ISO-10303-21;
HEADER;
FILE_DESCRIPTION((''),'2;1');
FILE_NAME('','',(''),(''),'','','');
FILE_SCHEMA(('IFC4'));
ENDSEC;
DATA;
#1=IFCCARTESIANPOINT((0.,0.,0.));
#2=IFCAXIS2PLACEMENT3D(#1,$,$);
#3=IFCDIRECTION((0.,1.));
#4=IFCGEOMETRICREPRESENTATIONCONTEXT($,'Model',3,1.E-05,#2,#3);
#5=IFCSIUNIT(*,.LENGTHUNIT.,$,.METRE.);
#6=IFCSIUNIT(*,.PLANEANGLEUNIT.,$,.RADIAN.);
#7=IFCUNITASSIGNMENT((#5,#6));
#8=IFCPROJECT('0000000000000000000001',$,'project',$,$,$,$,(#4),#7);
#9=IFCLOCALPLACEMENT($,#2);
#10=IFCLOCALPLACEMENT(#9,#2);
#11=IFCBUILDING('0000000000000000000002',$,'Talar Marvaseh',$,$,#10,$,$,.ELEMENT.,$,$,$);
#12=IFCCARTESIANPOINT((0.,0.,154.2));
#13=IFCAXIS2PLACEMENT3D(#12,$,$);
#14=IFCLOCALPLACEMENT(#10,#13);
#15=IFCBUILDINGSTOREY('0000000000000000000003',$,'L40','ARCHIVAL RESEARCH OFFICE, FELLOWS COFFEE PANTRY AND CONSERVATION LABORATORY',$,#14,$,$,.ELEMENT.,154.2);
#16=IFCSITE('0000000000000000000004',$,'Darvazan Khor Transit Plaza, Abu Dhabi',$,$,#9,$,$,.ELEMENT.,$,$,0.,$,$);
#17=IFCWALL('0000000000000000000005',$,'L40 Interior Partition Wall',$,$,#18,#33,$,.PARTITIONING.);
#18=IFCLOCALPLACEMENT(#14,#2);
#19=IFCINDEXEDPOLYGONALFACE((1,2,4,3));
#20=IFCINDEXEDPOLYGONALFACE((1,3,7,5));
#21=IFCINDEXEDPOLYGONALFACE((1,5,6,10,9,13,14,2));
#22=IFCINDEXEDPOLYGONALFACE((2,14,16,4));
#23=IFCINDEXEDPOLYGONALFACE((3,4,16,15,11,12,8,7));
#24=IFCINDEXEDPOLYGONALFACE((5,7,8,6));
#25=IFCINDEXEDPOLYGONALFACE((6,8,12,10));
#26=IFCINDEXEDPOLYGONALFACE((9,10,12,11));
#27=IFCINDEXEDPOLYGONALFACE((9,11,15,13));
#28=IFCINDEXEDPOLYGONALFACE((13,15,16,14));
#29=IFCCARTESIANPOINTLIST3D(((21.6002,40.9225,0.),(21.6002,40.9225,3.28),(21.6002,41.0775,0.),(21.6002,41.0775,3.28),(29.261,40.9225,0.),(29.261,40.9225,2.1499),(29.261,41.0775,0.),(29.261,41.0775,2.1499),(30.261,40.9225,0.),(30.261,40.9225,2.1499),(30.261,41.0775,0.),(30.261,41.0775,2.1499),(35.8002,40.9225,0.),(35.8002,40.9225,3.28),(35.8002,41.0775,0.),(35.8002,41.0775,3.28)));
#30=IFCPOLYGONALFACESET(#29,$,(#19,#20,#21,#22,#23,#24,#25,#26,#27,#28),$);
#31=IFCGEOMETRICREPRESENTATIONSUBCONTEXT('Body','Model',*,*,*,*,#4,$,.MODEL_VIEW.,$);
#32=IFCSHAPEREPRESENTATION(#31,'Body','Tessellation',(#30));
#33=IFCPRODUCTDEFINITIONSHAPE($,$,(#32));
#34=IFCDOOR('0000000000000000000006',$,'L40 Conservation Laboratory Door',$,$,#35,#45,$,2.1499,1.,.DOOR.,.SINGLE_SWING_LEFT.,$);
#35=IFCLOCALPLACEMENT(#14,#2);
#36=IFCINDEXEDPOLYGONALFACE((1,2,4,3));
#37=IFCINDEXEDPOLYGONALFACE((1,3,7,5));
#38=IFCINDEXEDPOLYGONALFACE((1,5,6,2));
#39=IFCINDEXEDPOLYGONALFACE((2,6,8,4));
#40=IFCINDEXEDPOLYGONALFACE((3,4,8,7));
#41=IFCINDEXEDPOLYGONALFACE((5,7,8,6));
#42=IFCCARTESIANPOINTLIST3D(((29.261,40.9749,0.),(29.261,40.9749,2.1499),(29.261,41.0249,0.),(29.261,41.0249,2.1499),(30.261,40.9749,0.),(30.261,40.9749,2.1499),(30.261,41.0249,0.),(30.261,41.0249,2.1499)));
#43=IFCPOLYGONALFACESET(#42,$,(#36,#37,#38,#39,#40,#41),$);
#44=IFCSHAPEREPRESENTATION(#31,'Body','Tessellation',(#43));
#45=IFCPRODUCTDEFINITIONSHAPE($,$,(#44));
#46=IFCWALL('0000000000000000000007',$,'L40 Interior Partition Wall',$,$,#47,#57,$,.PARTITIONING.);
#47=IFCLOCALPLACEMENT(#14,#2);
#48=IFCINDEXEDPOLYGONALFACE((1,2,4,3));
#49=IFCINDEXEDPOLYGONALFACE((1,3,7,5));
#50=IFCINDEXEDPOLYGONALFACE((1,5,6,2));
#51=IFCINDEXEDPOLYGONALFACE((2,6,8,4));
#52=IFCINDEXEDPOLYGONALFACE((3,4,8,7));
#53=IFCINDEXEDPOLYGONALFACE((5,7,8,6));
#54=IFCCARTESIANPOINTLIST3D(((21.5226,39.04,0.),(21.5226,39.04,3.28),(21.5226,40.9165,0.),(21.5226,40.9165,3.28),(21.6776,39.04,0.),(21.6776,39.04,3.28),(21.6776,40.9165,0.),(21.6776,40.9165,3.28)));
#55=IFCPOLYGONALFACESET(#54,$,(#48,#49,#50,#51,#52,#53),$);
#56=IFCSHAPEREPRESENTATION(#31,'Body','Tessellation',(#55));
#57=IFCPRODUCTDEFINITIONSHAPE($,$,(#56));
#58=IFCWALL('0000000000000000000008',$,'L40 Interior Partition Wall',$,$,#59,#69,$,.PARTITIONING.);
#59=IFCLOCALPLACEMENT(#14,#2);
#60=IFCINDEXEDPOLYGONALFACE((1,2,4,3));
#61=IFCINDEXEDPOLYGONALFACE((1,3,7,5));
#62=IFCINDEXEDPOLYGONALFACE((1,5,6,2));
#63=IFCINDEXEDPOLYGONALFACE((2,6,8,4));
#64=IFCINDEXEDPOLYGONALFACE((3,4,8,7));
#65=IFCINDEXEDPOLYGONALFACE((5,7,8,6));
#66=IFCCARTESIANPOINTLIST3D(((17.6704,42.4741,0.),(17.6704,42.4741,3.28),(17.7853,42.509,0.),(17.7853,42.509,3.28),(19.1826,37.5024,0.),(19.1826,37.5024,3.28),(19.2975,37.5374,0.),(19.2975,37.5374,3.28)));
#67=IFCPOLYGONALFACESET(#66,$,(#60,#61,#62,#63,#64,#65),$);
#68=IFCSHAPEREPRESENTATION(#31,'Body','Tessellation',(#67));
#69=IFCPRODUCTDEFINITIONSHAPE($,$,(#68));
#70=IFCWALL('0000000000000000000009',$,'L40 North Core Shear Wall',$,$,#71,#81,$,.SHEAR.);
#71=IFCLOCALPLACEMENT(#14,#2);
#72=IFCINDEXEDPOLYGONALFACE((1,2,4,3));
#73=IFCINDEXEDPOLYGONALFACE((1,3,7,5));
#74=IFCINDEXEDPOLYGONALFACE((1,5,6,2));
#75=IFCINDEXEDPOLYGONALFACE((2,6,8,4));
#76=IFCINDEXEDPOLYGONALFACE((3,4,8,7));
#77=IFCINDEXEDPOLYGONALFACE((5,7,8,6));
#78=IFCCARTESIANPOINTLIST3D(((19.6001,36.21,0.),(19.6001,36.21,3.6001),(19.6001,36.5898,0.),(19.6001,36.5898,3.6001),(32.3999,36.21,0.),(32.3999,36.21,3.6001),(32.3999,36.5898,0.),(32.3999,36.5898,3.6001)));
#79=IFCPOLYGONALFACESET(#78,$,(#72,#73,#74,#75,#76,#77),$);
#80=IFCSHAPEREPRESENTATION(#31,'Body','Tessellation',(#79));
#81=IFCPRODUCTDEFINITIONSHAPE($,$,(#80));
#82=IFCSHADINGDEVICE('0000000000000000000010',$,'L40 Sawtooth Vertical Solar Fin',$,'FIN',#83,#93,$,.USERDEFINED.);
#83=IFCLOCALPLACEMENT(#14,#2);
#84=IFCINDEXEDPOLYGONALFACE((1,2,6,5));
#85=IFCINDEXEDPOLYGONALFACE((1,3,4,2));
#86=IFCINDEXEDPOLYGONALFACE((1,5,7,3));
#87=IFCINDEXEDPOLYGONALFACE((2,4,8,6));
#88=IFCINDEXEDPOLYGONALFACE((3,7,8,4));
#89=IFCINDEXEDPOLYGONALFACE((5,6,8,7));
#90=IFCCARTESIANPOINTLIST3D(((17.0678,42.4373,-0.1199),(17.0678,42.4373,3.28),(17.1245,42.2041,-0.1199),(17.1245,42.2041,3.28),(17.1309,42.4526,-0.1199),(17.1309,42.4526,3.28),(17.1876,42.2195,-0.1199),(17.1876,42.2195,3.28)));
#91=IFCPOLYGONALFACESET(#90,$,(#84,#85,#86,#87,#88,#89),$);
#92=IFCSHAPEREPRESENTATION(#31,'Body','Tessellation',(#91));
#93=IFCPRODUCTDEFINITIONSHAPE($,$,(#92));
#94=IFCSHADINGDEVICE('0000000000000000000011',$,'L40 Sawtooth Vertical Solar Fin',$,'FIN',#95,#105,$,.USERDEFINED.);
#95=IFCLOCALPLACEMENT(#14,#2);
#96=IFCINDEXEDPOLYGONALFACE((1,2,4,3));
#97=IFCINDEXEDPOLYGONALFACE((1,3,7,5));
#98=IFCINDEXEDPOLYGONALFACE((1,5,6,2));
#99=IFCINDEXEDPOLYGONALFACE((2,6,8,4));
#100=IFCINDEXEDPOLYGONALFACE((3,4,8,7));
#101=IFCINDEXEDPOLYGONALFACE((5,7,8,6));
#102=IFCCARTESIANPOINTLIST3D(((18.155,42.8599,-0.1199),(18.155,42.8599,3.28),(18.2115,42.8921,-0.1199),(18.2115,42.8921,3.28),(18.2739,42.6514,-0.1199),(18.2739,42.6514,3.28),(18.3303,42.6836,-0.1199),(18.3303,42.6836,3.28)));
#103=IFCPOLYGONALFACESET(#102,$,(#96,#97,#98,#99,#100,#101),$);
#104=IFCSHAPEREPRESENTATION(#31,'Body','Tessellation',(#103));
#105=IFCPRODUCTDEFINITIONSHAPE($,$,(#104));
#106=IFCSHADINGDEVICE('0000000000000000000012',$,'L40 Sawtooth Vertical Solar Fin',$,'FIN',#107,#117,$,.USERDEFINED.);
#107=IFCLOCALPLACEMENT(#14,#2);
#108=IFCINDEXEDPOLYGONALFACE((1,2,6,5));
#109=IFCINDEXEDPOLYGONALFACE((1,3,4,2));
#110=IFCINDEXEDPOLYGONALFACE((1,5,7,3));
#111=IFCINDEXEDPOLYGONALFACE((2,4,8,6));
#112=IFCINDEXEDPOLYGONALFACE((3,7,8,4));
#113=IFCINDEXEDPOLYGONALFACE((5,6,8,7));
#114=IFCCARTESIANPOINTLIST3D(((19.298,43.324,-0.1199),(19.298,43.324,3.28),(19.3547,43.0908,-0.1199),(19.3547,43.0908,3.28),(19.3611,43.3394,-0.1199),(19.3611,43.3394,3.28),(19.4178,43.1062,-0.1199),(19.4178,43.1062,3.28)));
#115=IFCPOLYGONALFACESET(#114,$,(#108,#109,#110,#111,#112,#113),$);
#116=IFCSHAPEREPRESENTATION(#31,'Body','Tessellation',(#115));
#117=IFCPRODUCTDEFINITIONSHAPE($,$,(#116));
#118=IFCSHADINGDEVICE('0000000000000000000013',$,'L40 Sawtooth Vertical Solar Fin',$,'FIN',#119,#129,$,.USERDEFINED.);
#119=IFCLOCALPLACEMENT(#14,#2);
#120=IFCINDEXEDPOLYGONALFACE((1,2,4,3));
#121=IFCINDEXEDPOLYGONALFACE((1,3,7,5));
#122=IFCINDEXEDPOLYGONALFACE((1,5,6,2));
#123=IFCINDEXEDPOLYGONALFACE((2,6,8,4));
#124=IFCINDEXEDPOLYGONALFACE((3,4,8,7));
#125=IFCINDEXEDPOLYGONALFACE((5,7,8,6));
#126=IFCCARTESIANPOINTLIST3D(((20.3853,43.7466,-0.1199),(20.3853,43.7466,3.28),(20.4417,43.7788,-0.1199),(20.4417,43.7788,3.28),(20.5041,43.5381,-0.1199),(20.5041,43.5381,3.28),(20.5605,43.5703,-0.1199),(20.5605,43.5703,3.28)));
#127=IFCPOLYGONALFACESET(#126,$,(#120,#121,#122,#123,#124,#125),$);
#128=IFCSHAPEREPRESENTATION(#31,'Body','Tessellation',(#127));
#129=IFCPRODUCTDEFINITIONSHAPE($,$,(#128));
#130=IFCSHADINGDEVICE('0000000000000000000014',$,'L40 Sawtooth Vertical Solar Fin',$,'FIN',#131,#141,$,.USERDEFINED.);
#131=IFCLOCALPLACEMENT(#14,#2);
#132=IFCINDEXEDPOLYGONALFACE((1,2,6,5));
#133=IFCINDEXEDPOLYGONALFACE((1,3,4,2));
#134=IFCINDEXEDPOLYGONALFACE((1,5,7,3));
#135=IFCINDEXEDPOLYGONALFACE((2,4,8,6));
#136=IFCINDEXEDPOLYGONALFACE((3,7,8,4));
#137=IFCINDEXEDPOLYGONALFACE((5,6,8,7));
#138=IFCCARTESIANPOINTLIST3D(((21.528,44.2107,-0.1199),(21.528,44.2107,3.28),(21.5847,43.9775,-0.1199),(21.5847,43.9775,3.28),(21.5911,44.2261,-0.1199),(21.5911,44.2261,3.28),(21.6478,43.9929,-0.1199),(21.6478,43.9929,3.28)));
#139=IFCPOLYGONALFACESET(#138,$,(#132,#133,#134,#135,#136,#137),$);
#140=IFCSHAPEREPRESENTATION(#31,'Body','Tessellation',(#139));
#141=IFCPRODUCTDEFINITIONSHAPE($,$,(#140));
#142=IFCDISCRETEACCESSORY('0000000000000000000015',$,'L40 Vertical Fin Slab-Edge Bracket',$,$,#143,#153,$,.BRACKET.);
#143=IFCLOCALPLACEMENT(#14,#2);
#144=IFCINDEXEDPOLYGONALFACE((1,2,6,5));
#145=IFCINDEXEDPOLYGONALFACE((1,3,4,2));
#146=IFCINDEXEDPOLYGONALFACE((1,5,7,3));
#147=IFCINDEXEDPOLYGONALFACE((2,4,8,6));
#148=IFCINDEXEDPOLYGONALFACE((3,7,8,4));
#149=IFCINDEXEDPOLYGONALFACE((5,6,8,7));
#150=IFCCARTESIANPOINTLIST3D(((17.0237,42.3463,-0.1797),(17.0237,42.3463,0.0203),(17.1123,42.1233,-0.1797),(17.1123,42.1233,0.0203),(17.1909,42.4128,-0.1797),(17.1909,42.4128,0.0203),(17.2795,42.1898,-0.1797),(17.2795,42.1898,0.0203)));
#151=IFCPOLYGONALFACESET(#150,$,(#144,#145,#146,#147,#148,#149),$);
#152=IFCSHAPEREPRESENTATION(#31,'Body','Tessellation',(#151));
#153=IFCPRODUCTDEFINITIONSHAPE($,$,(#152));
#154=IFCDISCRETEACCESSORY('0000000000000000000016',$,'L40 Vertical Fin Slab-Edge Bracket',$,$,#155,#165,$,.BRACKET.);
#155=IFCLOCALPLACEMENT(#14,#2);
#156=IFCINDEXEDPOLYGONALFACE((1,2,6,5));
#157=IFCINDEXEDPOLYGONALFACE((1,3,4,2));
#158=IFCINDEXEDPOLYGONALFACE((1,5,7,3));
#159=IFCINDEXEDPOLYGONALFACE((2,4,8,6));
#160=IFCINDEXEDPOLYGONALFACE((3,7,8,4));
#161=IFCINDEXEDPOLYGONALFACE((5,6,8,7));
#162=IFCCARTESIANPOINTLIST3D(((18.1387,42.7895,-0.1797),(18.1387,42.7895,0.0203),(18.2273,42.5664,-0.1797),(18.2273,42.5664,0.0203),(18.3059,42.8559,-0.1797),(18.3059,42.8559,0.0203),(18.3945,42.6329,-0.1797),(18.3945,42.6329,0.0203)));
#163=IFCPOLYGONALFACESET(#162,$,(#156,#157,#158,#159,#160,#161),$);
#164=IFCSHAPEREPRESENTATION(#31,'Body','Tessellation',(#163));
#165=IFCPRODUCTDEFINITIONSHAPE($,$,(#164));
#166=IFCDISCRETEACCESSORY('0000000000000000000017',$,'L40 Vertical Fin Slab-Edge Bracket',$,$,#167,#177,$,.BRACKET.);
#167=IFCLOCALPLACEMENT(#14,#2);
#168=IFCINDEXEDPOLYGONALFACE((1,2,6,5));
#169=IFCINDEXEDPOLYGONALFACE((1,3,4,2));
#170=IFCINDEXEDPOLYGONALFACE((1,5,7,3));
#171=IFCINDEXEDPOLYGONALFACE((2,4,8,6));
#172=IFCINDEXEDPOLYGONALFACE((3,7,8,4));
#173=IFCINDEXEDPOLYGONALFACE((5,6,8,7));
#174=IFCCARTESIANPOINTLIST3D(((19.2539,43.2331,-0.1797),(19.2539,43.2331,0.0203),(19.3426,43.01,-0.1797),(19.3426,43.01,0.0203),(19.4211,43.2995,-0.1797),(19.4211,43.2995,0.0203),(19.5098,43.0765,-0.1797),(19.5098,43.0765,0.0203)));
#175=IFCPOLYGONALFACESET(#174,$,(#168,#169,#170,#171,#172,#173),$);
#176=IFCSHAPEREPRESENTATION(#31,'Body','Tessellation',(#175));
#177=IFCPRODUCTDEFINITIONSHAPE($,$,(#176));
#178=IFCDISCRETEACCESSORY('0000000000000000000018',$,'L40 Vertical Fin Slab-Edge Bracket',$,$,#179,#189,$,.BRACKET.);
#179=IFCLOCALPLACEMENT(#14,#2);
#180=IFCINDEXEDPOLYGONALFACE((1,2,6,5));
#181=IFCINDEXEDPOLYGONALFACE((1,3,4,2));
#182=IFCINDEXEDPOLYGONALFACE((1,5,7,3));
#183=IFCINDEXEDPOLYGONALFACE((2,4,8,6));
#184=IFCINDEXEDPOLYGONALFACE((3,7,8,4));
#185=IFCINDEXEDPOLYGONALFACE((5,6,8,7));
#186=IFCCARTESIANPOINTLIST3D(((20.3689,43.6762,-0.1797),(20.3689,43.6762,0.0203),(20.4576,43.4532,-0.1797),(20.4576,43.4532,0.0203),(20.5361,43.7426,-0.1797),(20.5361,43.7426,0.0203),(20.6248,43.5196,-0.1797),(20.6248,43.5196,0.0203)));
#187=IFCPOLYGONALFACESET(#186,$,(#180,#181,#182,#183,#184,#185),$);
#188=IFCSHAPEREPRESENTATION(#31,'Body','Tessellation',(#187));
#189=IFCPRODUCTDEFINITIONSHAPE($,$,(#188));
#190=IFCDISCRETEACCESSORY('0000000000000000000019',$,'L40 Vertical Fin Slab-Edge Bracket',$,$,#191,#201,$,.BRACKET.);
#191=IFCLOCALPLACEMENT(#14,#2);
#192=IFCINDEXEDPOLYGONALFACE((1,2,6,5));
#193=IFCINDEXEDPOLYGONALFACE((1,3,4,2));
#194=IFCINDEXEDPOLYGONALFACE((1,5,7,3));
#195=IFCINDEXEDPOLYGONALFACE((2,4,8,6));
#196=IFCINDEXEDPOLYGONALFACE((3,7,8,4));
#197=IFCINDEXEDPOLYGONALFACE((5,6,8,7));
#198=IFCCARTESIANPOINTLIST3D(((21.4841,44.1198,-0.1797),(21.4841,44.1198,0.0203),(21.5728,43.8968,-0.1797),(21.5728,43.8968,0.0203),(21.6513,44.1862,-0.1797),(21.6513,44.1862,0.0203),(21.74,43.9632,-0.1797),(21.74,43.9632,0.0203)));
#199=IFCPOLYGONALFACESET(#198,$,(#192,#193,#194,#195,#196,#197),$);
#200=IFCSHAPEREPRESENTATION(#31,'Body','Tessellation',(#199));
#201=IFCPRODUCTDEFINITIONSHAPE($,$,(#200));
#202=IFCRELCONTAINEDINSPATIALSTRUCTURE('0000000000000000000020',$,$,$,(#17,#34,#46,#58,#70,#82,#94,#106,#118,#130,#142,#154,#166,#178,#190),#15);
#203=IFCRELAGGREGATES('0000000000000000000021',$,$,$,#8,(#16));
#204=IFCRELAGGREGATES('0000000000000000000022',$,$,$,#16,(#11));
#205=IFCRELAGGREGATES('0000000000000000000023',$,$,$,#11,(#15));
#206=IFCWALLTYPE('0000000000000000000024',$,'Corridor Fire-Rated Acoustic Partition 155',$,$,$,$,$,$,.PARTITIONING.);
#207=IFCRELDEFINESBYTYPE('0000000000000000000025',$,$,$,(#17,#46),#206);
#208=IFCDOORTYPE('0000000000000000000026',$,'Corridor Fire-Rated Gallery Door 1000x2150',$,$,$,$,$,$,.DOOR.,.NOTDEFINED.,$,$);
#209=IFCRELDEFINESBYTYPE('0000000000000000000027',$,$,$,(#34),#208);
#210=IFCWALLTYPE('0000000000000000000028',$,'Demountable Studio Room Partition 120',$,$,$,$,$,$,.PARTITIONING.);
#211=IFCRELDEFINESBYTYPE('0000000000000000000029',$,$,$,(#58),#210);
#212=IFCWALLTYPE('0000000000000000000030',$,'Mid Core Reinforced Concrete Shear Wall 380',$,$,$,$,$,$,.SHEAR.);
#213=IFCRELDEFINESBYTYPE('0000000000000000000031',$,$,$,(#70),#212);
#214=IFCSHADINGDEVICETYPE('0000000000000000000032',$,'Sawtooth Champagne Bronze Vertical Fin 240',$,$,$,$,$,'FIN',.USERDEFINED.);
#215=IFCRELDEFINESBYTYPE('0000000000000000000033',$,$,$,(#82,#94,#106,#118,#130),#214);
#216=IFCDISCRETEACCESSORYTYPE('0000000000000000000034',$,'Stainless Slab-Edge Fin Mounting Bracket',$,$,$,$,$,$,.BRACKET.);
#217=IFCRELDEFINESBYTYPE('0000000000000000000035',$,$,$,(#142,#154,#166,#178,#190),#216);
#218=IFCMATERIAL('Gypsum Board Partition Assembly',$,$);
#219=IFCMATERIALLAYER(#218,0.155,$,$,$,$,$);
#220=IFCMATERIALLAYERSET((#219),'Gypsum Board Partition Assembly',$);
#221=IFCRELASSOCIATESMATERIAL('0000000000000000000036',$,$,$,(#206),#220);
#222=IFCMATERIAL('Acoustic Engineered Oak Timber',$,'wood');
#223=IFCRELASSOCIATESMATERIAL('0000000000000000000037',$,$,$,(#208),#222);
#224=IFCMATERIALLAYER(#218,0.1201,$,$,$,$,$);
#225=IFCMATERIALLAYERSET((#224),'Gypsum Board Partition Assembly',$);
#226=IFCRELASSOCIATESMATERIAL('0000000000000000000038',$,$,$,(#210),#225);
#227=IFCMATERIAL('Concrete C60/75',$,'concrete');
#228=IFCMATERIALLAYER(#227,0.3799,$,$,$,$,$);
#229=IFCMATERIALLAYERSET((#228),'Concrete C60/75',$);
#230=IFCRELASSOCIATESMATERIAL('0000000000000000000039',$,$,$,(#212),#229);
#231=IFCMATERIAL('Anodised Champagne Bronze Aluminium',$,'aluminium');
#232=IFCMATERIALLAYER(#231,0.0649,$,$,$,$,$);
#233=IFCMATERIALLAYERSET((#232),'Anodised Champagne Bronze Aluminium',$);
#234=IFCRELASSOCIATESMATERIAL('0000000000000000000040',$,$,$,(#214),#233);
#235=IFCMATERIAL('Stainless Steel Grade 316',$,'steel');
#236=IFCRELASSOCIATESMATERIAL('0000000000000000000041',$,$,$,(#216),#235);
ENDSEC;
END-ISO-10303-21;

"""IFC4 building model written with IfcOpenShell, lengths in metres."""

from ifc_helpers import new_model, si_unit, direction, frame, frame_2d, origin, origin_2d, place, context, subcontext, project, spatial, rectangle, extrude, source, transform, mapped, material, layer, layer_set, type_object, type_shapes, element, fill, save


model = new_model("IFC4")

# Units and contexts
model_context = context("Model", 3, precision=1e-05, world=origin(), true_north=direction((0.0, 1.0)))
body_context = subcontext(model_context, "Body", "Model", "MODEL_VIEW")
ifc_project = project(units=[si_unit("LENGTHUNIT", "METRE"), si_unit("PLANEANGLEUNIT", "RADIAN")], contexts=[model_context])

# Site, building, storey
site_placement = place(None, origin())
site = spatial("IfcSite", under=ifc_project, at=site_placement, Name="Darvazan Khor Transit Plaza, Abu Dhabi", CompositionType="ELEMENT", RefElevation=0.0)
building_placement = place(site_placement, origin())
building = spatial("IfcBuilding", under=site, at=building_placement, Name="Talar Marvaseh", CompositionType="ELEMENT")
storey_placement = place(building_placement, frame((0.0, 0.0, 154.2)))
storey = spatial("IfcBuildingStorey", under=building, at=storey_placement, Name="L40", Description="ARCHIVAL RESEARCH OFFICE, FELLOWS COFFEE PANTRY AND CONSERVATION LABORATORY", CompositionType="ELEMENT", Elevation=154.2)

# Shared definitions
ifc_material_1 = material(Name="Concrete C60/75", Category="concrete")

# Wall, opening, door
ifc_material_2 = material(Name="Gypsum Board Partition Assembly")
ifc_layer_1 = layer(ifc_material_2, 0.155)
ifc_layer_set_1 = layer_set([ifc_layer_1], Name="Gypsum Board Partition Assembly")
wall_type_1 = type_object("IfcWallType", Name="Corridor Fire-Rated Acoustic Partition 155", PredefinedType="PARTITIONING", material=ifc_layer_set_1)
wall_1_placement = place(storey_placement, frame((21.6001, 41.0, 0.0), z_axis=(0.0, 0.0, 1.0), x_axis=(1.0, 0.0, 0.0)))
wall_1 = element("IfcWall", 1, at=wall_1_placement, inside=storey, type_object=wall_type_1, Name="L40 Interior Partition Wall", PredefinedType="PARTITIONING", context=body_context, shape_type="SweptSolid", body=[
    extrude(rectangle(XDim=14.2, YDim=0.155, at=frame_2d((7.1001, 0.0))), origin(), (0.0, 0.0, 1.0), 3.28),
])
opening_placement = place(wall_1_placement, frame((7.6609, 0.0, 0.0)))
opening = element("IfcOpeningElement", 2, at=opening_placement, cuts=wall_1, PredefinedType="OPENING", context=body_context, shape_type="SweptSolid", body=[
    extrude(rectangle(XDim=1.0, YDim=2.1499, at=frame_2d((0.5, 1.075))), frame((0.0, 0.0874, 0.0), z_axis=(0.0, -1.0, 0.0), x_axis=(1.0, 0.0, 0.0)), (0.0, 0.0, 1.0), 0.175),
])
ifc_material_3 = material(Name="Acoustic Engineered Oak Timber", Category="wood")
door_type = type_object("IfcDoorType", Name="Corridor Fire-Rated Gallery Door 1000x2150", OperationType="NOTDEFINED", PredefinedType="DOOR", material=ifc_material_3)
shared_shape_1 = source(origin(), body_context, "Body", "SweptSolid", [
    extrude(rectangle(XDim=1.0, YDim=2.1499, at=frame_2d((0.5, 1.075))), frame((0.0, 0.0249, 0.0), z_axis=(0.0, -1.0, 0.0), x_axis=(1.0, 0.0, 0.0)), (0.0, 0.0, 1.0), 0.05),
])
type_shapes(door_type, [shared_shape_1])
door_placement = place(opening_placement, origin())
door = element("IfcDoor", 3, at=door_placement, inside=storey, type_object=door_type, Name="L40 Conservation Laboratory Door", OperationType="SINGLE_SWING_LEFT", OverallHeight=2.1499, OverallWidth=1.0, PredefinedType="DOOR", context=body_context, shape_type="MappedRepresentation", body=[
    mapped(shared_shape_1, transform((0.0, 0.0, 0.0), x_axis=(1.0, 0.0, 0.0), y_axis=(0.0, 1.0, 0.0), z_axis=(0.0, 0.0, 1.0), scale=1.0)),
])
fill(opening, door)

# Walls
wall_2_placement = place(storey_placement, frame((21.6001, 39.04, 0.0), z_axis=(0.0, 0.0, 1.0), x_axis=(0.0, 1.0, 0.0)))
element("IfcWall", 4, at=wall_2_placement, inside=storey, type_object=wall_type_1, Name="L40 Interior Partition Wall", PredefinedType="PARTITIONING", context=body_context, shape_type="SweptSolid", body=[
    extrude(rectangle(XDim=1.8765, YDim=0.155, at=frame_2d((0.9382, 0.0))), origin(), (0.0, 0.0, 1.0), 3.28),
])
ifc_layer_2 = layer(ifc_material_2, 0.1201)
ifc_layer_set_2 = layer_set([ifc_layer_2], Name="Gypsum Board Partition Assembly")
wall_type_2 = type_object("IfcWallType", Name="Demountable Studio Room Partition 120", PredefinedType="PARTITIONING", material=ifc_layer_set_2)
wall_3_placement = place(storey_placement, frame((19.24, 37.52, 0.0), z_axis=(0.0, 0.0, 1.0), x_axis=(-0.291001, 0.956723, 0.0)))
element("IfcWall", 5, at=wall_3_placement, inside=storey, type_object=wall_type_2, Name="L40 Interior Partition Wall", PredefinedType="PARTITIONING", context=body_context, shape_type="SweptSolid", body=[
    extrude(rectangle(XDim=5.1965, YDim=0.1201, at=frame_2d((2.5981, 0.0))), origin(), (0.0, 0.0, 1.0), 3.28),
])
ifc_layer_3 = layer(ifc_material_1, 0.3799)
ifc_layer_set_3 = layer_set([ifc_layer_3], Name="Concrete C60/75")
wall_type_3 = type_object("IfcWallType", Name="Mid Core Reinforced Concrete Shear Wall 380", PredefinedType="SHEAR", material=ifc_layer_set_3)
wall_4_placement = place(storey_placement, frame((19.6001, 36.3999, 0.0), z_axis=(0.0, 0.0, 1.0), x_axis=(1.0, 0.0, 0.0)))
element("IfcWall", 6, at=wall_4_placement, inside=storey, type_object=wall_type_3, Name="L40 North Core Shear Wall", PredefinedType="SHEAR", context=body_context, shape_type="SweptSolid", body=[
    extrude(rectangle(XDim=12.7998, YDim=0.3799, at=frame_2d((6.3999, 0.0))), origin(), (0.0, 0.0, 1.0), 3.6001),
])

# Shading devices
ifc_material_4 = material(Name="Anodised Champagne Bronze Aluminium", Category="aluminium")
ifc_layer_4 = layer(ifc_material_4, 0.0649)
ifc_layer_set_4 = layer_set([ifc_layer_4], Name="Anodised Champagne Bronze Aluminium")
shading_device_type = type_object("IfcShadingDeviceType", Name="Sawtooth Champagne Bronze Vertical Fin 240", ElementType="FIN", PredefinedType="USERDEFINED", material=ifc_layer_set_4)
shared_shape_2 = source(origin(), body_context, "Body", "SweptSolid", [
    extrude(rectangle(XDim=0.24, YDim=0.0649, at=origin_2d()), origin(), (0.0, 0.0, 1.0), 3.3999),
])
type_shapes(shading_device_type, [shared_shape_2])
for number, where, z_axis, x_axis, name in (
    (7, (17.1277, 42.3284, -0.1199), (0.0, 0.0, 1.0), (-0.236499, 0.971632, 0.0), "L40 Sawtooth Vertical Solar Fin"),
    (8, (18.2427, 42.7717, -0.1199), (0.0, 0.0, 1.0), (-0.495155, 0.868804, 0.0), "L40 Sawtooth Vertical Solar Fin"),
    (9, (19.3579, 43.2151, -0.1199), (0.0, 0.0, 1.0), (-0.236499, 0.971632, 0.0), "L40 Sawtooth Vertical Solar Fin"),
    (10, (20.4729, 43.6584, -0.1199), (0.0, 0.0, 1.0), (-0.495155, 0.868804, 0.0), "L40 Sawtooth Vertical Solar Fin"),
    (11, (21.5879, 44.1018, -0.1199), (0.0, 0.0, 1.0), (-0.236499, 0.971632, 0.0), "L40 Sawtooth Vertical Solar Fin"),
):
    element("IfcShadingDevice", number, at=place(storey_placement, frame(where, z_axis=z_axis, x_axis=x_axis)), inside=storey, type_object=shading_device_type, Name=name, ObjectType="FIN", PredefinedType="USERDEFINED", context=body_context, shape_type="MappedRepresentation", body=[
        mapped(shared_shape_2, transform((0.0, 0.0, 0.0), x_axis=(1.0, 0.0, 0.0), y_axis=(0.0, 1.0, 0.0), z_axis=(0.0, 0.0, 1.0), scale=1.0)),
    ])

# Discrete accessories
ifc_material_5 = material(Name="Stainless Steel Grade 316", Category="steel")
discrete_accessory_type = type_object("IfcDiscreteAccessoryType", Name="Stainless Slab-Edge Fin Mounting Bracket", PredefinedType="BRACKET", material=ifc_material_5)
shared_shape_3 = source(origin(), body_context, "Body", "SweptSolid", [
    extrude(rectangle(XDim=0.24, YDim=0.1799, at=origin_2d()), origin(), (0.0, 0.0, 1.0), 0.2),
])
type_shapes(discrete_accessory_type, [shared_shape_3])
for number, where, z_axis, x_axis, name in (
    (12, (17.1516, 42.2681, -0.1797), (0.0, 0.0, 1.0), (-0.369422, 0.929262, 0.0), "L40 Vertical Fin Slab-Edge Bracket"),
    (13, (18.2666, 42.7112, -0.1797), (0.0, 0.0, 1.0), (-0.369422, 0.929262, 0.0), "L40 Vertical Fin Slab-Edge Bracket"),
    (14, (19.3818, 43.1548, -0.1797), (0.0, 0.0, 1.0), (-0.369422, 0.929262, 0.0), "L40 Vertical Fin Slab-Edge Bracket"),
    (15, (20.4968, 43.5979, -0.1797), (0.0, 0.0, 1.0), (-0.369422, 0.929262, 0.0), "L40 Vertical Fin Slab-Edge Bracket"),
    (16, (21.6121, 44.0415, -0.1797), (0.0, 0.0, 1.0), (-0.369422, 0.929262, 0.0), "L40 Vertical Fin Slab-Edge Bracket"),
):
    element("IfcDiscreteAccessory", number, at=place(storey_placement, frame(where, z_axis=z_axis, x_axis=x_axis)), inside=storey, type_object=discrete_accessory_type, Name=name, PredefinedType="BRACKET", context=body_context, shape_type="MappedRepresentation", body=[
        mapped(shared_shape_3, transform((0.0, 0.0, 0.0), x_axis=(1.0, 0.0, 0.0), y_axis=(0.0, 1.0, 0.0), z_axis=(0.0, 0.0, 1.0), scale=1.0)),
    ])

save(model, "model.ifc")
